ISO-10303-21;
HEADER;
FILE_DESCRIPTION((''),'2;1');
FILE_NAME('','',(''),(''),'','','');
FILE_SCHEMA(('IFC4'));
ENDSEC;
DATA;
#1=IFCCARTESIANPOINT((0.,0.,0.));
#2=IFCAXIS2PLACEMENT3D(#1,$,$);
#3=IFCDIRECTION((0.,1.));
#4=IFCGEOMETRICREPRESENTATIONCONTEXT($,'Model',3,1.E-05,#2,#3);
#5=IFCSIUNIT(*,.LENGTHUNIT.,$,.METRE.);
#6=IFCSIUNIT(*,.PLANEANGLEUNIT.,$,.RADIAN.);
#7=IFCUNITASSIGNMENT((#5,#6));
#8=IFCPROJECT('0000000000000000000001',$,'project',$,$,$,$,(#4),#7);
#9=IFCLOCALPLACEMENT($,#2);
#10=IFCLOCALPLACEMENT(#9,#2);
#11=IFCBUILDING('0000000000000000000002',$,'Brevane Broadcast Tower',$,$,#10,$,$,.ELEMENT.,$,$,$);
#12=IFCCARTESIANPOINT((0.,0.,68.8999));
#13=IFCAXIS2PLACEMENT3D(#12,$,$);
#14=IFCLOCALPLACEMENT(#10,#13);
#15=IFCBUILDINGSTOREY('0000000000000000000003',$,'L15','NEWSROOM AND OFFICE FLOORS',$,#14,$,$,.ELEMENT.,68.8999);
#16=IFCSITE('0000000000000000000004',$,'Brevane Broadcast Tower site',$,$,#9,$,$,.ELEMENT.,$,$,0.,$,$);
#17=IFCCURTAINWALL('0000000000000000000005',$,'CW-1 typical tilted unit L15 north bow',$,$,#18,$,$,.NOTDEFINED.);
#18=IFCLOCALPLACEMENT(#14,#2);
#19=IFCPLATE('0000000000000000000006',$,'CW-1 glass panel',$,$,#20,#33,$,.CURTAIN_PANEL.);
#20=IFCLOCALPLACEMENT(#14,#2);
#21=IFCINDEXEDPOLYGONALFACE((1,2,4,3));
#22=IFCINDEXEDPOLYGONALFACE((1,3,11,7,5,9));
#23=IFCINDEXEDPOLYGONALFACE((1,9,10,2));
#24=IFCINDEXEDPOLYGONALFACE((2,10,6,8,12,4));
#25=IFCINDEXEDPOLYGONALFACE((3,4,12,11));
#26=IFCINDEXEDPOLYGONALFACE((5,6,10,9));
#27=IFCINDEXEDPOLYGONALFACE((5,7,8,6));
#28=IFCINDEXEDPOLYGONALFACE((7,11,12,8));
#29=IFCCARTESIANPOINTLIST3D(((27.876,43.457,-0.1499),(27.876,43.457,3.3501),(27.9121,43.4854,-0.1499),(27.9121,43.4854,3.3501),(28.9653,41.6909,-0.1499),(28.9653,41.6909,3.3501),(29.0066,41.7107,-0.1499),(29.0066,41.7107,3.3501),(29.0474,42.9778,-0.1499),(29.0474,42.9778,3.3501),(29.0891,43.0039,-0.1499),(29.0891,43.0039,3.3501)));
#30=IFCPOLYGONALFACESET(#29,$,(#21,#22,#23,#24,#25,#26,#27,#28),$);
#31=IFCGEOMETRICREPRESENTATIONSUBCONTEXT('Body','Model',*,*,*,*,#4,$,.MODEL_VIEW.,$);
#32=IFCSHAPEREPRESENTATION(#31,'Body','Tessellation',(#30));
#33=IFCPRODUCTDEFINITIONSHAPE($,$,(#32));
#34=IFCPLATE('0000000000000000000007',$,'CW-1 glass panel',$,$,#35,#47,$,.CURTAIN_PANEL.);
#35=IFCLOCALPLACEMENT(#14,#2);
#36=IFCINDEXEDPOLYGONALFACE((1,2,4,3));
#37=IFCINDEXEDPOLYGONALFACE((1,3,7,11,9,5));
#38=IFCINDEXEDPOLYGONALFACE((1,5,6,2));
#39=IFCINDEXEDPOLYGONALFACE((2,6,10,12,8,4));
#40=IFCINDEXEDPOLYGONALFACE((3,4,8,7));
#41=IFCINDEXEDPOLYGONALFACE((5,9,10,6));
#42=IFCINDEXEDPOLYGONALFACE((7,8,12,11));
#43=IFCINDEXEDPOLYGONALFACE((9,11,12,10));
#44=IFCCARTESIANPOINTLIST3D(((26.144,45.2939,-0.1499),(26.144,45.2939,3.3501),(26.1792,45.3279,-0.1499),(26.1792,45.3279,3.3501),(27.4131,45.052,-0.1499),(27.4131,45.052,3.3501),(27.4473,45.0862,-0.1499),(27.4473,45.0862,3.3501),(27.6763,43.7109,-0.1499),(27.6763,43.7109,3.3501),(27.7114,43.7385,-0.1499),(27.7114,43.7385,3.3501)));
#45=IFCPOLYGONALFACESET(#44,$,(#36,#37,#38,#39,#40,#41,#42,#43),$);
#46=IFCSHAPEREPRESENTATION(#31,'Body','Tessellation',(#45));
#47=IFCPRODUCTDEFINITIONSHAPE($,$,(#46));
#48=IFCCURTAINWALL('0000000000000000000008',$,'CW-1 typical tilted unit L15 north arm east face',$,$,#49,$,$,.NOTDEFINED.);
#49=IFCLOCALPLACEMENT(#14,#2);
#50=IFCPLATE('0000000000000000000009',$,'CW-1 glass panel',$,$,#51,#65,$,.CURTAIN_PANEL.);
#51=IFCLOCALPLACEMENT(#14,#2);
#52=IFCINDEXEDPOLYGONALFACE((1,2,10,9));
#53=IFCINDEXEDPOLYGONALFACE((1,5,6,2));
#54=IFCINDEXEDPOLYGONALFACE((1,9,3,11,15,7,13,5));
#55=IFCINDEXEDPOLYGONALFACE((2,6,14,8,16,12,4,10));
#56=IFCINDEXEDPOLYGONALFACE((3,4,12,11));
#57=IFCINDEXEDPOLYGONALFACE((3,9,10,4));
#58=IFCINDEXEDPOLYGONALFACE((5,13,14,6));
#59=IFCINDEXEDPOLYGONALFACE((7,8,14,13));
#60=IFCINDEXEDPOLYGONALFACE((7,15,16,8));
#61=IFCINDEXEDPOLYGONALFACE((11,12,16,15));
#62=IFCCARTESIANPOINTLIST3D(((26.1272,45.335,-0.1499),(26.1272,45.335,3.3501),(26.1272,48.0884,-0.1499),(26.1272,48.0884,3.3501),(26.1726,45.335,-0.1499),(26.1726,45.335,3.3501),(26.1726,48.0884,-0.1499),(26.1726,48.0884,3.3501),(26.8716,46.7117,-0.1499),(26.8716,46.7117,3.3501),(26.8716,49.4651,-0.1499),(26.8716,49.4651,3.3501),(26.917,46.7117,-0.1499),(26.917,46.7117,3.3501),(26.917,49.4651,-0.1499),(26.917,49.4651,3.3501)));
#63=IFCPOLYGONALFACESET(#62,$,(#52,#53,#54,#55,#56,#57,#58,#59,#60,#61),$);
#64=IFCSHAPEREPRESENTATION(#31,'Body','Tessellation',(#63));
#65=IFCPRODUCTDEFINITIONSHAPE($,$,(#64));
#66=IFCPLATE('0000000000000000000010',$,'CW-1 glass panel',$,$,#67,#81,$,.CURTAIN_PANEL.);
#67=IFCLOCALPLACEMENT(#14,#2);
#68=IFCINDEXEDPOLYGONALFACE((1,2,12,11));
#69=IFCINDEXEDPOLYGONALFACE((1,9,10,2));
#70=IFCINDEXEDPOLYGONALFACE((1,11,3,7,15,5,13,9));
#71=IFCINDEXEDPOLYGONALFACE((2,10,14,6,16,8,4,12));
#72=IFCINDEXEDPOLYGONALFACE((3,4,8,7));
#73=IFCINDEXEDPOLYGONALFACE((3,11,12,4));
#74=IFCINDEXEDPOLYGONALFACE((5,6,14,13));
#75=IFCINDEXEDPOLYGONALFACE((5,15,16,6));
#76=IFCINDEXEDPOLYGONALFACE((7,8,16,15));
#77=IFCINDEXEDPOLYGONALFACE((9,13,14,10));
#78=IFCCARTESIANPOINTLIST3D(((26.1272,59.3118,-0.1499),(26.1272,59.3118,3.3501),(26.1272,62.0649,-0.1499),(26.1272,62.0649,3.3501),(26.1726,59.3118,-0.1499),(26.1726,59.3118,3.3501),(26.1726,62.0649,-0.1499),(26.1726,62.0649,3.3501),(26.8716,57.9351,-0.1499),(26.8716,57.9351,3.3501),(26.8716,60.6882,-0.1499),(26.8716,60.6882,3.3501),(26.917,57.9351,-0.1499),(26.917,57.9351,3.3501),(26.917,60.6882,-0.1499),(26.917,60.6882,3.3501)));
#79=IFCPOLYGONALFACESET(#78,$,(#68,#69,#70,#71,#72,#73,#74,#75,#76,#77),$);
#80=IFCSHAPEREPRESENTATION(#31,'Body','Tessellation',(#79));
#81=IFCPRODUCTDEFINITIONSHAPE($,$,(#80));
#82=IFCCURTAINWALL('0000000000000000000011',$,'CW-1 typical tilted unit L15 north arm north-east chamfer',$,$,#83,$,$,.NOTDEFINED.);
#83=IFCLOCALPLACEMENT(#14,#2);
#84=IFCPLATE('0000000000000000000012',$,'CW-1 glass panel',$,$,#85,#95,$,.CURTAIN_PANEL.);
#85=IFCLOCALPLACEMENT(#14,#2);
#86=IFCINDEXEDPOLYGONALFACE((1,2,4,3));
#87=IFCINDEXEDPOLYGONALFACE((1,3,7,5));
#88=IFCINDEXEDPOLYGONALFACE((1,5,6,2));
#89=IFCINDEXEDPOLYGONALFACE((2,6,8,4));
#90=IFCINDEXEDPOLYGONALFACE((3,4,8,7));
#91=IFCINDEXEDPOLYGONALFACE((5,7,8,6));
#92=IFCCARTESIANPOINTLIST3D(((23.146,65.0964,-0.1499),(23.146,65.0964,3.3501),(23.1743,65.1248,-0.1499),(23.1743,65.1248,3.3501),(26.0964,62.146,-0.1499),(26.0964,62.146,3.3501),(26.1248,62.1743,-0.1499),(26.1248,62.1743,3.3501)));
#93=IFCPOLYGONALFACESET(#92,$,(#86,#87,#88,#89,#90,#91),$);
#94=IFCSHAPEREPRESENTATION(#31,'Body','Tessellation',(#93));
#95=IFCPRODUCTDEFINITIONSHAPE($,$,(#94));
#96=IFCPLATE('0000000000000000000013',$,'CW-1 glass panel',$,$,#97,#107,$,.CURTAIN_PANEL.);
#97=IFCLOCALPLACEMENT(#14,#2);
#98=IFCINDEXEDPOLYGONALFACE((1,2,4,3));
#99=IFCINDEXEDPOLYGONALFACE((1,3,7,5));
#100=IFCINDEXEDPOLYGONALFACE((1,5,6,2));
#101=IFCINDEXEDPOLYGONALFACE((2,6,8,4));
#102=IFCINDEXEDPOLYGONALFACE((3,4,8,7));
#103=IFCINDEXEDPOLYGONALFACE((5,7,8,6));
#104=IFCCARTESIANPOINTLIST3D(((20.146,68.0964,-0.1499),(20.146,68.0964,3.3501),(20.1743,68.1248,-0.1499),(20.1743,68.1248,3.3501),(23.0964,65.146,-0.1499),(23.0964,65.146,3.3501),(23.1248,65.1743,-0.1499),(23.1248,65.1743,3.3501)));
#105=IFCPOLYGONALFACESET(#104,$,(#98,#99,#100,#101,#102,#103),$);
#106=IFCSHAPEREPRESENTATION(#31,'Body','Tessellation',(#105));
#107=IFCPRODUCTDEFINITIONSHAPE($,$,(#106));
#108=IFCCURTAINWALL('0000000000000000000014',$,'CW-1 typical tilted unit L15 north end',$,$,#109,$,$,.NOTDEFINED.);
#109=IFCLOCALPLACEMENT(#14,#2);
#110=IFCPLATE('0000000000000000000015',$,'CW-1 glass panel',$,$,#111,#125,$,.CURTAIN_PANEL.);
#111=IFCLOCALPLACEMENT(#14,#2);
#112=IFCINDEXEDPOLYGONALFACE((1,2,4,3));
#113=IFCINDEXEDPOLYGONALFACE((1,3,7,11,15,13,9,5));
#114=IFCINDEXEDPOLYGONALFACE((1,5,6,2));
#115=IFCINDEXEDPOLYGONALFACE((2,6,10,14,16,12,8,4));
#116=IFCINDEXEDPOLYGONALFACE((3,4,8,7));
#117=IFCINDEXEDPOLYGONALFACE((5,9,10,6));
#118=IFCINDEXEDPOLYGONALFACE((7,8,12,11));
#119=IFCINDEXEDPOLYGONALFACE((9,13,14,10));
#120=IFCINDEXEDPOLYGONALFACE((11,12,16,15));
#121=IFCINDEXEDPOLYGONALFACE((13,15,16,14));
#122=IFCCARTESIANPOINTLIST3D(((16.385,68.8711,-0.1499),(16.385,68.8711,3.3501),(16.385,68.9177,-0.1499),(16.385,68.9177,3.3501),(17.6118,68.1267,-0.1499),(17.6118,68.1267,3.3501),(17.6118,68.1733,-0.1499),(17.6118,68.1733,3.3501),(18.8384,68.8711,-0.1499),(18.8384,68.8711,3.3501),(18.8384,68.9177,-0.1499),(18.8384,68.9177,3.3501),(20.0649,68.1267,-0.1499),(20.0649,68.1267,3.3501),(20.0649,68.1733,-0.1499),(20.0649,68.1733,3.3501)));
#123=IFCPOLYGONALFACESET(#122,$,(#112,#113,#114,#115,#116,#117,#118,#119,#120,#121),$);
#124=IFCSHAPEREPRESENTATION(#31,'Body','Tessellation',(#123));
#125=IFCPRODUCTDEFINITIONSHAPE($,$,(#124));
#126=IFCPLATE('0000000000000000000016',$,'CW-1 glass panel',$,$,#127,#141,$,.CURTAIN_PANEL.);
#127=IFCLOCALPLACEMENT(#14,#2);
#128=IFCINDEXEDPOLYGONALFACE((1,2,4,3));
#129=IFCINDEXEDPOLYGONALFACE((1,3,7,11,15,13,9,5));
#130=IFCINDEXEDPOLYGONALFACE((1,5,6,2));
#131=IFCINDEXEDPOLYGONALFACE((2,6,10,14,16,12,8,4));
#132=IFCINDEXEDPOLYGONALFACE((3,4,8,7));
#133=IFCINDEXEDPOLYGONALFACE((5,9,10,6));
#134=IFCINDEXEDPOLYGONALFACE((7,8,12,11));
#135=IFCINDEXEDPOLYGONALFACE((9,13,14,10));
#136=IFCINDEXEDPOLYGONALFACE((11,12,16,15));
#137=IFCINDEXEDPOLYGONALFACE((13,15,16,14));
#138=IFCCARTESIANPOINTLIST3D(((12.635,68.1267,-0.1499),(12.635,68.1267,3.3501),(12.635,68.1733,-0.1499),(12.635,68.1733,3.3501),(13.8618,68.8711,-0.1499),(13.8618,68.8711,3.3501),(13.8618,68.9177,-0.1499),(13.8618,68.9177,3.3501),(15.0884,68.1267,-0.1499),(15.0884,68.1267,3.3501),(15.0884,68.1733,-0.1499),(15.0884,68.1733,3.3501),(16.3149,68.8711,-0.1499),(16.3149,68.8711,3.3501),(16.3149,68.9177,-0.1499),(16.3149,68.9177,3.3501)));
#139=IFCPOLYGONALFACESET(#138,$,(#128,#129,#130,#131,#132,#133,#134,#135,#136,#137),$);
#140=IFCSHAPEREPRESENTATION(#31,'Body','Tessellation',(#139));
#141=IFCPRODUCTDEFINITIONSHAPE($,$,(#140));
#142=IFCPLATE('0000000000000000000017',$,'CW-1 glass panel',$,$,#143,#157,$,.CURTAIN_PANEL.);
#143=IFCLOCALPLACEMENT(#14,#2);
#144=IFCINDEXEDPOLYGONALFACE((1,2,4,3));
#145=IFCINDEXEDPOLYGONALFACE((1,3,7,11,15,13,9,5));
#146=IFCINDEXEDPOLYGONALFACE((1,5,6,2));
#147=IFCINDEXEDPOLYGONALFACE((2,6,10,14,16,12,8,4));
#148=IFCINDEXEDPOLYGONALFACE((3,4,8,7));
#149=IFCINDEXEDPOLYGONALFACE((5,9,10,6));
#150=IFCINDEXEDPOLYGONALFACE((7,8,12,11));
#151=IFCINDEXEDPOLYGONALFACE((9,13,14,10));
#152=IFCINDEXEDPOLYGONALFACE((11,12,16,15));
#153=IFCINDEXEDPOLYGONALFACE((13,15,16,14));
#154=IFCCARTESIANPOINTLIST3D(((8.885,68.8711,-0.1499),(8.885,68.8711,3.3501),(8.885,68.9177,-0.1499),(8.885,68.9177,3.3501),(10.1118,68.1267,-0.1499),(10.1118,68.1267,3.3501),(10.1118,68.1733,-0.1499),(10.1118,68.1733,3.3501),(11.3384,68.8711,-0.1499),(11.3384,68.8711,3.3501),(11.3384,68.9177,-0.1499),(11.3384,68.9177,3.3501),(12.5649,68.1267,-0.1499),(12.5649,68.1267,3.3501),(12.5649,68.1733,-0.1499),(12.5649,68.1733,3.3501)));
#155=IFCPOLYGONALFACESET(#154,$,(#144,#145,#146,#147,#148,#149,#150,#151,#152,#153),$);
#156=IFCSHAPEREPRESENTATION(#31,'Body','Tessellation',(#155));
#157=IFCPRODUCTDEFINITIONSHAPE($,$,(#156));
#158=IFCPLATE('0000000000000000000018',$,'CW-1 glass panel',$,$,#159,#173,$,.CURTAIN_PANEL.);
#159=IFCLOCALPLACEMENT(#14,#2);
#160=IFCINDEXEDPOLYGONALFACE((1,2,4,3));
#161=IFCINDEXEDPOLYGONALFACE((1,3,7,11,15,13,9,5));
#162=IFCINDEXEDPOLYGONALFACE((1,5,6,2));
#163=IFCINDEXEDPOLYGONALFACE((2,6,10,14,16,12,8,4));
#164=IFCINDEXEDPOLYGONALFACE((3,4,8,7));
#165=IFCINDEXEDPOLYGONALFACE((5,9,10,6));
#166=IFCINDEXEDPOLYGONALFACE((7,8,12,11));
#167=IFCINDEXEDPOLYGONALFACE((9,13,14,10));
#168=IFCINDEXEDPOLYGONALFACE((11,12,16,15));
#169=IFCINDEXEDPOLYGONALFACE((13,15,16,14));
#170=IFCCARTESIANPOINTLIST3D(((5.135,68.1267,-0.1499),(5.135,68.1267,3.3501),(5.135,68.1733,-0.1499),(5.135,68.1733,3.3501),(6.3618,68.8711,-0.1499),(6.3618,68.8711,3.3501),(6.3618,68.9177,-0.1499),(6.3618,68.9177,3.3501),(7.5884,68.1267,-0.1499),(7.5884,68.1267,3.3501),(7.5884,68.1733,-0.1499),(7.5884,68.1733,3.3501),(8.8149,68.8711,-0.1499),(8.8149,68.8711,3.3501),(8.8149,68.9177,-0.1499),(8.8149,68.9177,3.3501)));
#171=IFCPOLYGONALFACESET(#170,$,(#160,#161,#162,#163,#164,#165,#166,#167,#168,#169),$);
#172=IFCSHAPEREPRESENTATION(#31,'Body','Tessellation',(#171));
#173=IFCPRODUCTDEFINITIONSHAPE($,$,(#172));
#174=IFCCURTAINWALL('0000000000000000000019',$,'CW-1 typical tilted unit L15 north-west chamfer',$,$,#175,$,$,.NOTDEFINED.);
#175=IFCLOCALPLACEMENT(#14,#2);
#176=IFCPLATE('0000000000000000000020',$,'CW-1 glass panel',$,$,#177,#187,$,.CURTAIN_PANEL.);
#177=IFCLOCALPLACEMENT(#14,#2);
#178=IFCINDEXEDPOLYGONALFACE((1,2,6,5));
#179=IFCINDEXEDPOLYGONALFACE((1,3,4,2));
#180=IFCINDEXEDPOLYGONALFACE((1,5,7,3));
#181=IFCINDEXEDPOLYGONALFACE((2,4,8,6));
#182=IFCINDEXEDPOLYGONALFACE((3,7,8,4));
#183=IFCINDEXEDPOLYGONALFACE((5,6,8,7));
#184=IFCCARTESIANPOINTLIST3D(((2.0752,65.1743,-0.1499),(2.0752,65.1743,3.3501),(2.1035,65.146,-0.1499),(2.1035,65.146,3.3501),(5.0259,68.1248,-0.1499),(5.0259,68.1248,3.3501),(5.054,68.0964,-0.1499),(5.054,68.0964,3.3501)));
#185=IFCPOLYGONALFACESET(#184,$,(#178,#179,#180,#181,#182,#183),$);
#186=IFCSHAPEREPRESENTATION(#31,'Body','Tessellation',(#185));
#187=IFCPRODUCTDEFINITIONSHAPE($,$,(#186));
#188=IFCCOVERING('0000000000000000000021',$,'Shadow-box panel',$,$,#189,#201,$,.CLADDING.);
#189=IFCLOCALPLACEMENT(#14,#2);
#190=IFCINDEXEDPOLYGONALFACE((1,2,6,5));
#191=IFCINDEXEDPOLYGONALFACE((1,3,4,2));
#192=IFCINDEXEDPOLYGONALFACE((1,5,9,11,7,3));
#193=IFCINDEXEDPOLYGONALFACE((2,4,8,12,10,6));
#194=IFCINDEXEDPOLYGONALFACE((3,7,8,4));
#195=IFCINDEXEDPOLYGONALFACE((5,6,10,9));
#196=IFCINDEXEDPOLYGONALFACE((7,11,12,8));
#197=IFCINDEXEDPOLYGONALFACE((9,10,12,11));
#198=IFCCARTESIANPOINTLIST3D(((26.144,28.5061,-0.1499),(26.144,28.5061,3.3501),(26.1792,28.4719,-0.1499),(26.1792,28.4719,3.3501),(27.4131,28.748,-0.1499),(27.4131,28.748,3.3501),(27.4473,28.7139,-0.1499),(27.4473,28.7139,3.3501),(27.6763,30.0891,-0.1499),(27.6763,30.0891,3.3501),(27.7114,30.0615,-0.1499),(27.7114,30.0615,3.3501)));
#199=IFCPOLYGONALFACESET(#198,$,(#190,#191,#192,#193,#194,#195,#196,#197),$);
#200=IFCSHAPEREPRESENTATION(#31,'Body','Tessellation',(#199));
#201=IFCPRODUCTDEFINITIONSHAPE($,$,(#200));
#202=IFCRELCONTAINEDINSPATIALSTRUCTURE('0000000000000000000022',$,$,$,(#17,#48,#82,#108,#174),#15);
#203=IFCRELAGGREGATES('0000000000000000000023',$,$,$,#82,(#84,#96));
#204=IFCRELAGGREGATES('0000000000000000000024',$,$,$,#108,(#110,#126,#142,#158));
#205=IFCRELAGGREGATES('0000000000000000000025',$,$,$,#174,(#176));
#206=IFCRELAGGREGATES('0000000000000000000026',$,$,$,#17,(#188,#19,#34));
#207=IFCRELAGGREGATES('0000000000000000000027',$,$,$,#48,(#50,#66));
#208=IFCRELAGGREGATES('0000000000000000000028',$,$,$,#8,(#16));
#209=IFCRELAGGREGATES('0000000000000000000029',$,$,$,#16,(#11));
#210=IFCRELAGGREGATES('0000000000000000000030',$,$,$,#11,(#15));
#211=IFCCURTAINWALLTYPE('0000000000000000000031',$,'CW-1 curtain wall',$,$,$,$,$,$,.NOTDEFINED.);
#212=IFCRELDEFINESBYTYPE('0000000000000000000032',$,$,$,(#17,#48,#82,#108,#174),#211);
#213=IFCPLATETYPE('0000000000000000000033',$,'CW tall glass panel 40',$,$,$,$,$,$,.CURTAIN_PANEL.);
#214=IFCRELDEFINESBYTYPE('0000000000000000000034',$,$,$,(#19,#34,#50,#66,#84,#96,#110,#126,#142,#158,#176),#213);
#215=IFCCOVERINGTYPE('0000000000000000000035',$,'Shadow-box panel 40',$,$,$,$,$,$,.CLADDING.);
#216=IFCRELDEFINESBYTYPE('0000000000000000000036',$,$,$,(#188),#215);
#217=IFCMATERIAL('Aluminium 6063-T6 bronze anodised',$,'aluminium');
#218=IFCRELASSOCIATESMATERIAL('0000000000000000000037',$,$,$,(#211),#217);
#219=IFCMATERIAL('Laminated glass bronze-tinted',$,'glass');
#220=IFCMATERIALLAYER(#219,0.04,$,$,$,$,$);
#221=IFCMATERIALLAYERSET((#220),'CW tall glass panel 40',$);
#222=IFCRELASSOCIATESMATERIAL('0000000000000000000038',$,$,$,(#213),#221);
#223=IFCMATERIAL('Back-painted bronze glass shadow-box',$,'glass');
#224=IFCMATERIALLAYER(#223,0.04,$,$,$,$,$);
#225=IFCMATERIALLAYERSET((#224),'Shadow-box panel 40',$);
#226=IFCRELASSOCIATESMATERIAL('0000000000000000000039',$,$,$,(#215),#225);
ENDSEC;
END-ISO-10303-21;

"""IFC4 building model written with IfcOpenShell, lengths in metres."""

from ifc_helpers import new_model, si_unit, direction, frame, origin, place, context, subcontext, project, spatial, polyline, outline, extrude, material, layer, layer_set, type_object, element, aggregate, save


model = new_model("IFC4")

# Units and contexts
model_context = context("Model", 3, precision=1e-05, world=origin(), true_north=direction((0.0, 1.0)))
body_context = subcontext(model_context, "Body", "Model", "MODEL_VIEW")
ifc_project = project(units=[si_unit("LENGTHUNIT", "METRE"), si_unit("PLANEANGLEUNIT", "RADIAN")], contexts=[model_context])

# Site, building, storey
site_placement = place(None, origin())
site = spatial("IfcSite", under=ifc_project, at=site_placement, Name="Brevane Broadcast Tower site", CompositionType="ELEMENT", RefElevation=0.0)
building_placement = place(site_placement, origin())
building = spatial("IfcBuilding", under=site, at=building_placement, Name="Brevane Broadcast Tower", CompositionType="ELEMENT")
storey_placement = place(building_placement, frame((0.0, 0.0, 68.8999)))
storey = spatial("IfcBuildingStorey", under=building, at=storey_placement, Name="L15", Description="NEWSROOM AND OFFICE FLOORS", CompositionType="ELEMENT", Elevation=68.8999)

# Shared definitions
ifc_material_1 = material(Name="Aluminium 6063-T6 bronze anodised", Category="aluminium")
curtain_wall_type = type_object("IfcCurtainWallType", Name="CW-1 curtain wall", PredefinedType="NOTDEFINED", material=ifc_material_1)

# Curtain walls, plates
ifc_material_2 = material(Name="Laminated glass bronze-tinted", Category="glass")
ifc_layer_1 = layer(ifc_material_2, 0.04)
ifc_layer_set_1 = layer_set([ifc_layer_1], Name="CW tall glass panel 40")
plate_type = type_object("IfcPlateType", Name="CW tall glass panel 40", PredefinedType="CURTAIN_PANEL", material=ifc_layer_set_1)
curtain_wall_1_placement = place(storey_placement, origin())
curtain_wall_1 = element("IfcCurtainWall", 1, at=curtain_wall_1_placement, inside=storey, type_object=curtain_wall_type, Name="CW-1 typical tilted unit L15 north bow", PredefinedType="NOTDEFINED")
plate_1_placement = place(storey_placement, frame((0.0, 0.0, -0.1499)))
plate_1 = element("IfcPlate", 2, at=plate_1_placement, type_object=plate_type, Name="CW-1 glass panel", PredefinedType="CURTAIN_PANEL", context=body_context, shape_type="SweptSolid", body=[
    extrude(outline(polyline([(28.9653, 41.6909), (29.0066, 41.7107), (29.0891, 43.0039), (27.9121, 43.4854), (27.876, 43.457), (29.0474, 42.9778), (28.9653, 41.6909)])), origin(), (0.0, 0.0, 1.0), 3.5),
])
plate_2_placement = place(storey_placement, frame((0.0, 0.0, -0.1499)))
plate_2 = element("IfcPlate", 3, at=plate_2_placement, type_object=plate_type, Name="CW-1 glass panel", PredefinedType="CURTAIN_PANEL", context=body_context, shape_type="SweptSolid", body=[
    extrude(outline(polyline([(27.6763, 43.7109), (27.7114, 43.7385), (27.4473, 45.0862), (26.1792, 45.3279), (26.144, 45.2939), (27.4131, 45.052), (27.6763, 43.7109)])), origin(), (0.0, 0.0, 1.0), 3.5),
])
curtain_wall_2_placement = place(storey_placement, origin())
curtain_wall_2 = element("IfcCurtainWall", 4, at=curtain_wall_2_placement, inside=storey, type_object=curtain_wall_type, Name="CW-1 typical tilted unit L15 north arm east face", PredefinedType="NOTDEFINED")
plate_3_placement = place(storey_placement, frame((0.0, 0.0, -0.1499)))
plate_3 = element("IfcPlate", 5, at=plate_3_placement, type_object=plate_type, Name="CW-1 glass panel", PredefinedType="CURTAIN_PANEL", context=body_context, shape_type="SweptSolid", body=[
    extrude(outline(polyline([(26.1272, 45.335), (26.1726, 45.335), (26.917, 46.7117), (26.1726, 48.0884), (26.917, 49.4651), (26.8716, 49.4651), (26.1272, 48.0884), (26.8716, 46.7117), (26.1272, 45.335)])), origin(), (0.0, 0.0, 1.0), 3.5),
])
plate_4_placement = place(storey_placement, frame((0.0, 0.0, -0.1499)))
plate_4 = element("IfcPlate", 6, at=plate_4_placement, type_object=plate_type, Name="CW-1 glass panel", PredefinedType="CURTAIN_PANEL", context=body_context, shape_type="SweptSolid", body=[
    extrude(outline(polyline([(26.8716, 57.9351), (26.917, 57.9351), (26.1726, 59.3118), (26.917, 60.6882), (26.1726, 62.0649), (26.1272, 62.0649), (26.8716, 60.6882), (26.1272, 59.3118), (26.8716, 57.9351)])), origin(), (0.0, 0.0, 1.0), 3.5),
])
curtain_wall_3_placement = place(storey_placement, origin())
curtain_wall_3 = element("IfcCurtainWall", 7, at=curtain_wall_3_placement, inside=storey, type_object=curtain_wall_type, Name="CW-1 typical tilted unit L15 north arm north-east chamfer", PredefinedType="NOTDEFINED")
plate_5_placement = place(storey_placement, frame((0.0, 0.0, -0.1499)))
plate_5 = element("IfcPlate", 8, at=plate_5_placement, type_object=plate_type, Name="CW-1 glass panel", PredefinedType="CURTAIN_PANEL", context=body_context, shape_type="SweptSolid", body=[
    extrude(outline(polyline([(26.0964, 62.146), (23.146, 65.0964), (23.1743, 65.1248), (26.1248, 62.1743), (26.0964, 62.146)])), origin(), (0.0, 0.0, 1.0), 3.5),
])
plate_6_placement = place(storey_placement, frame((0.0, 0.0, -0.1499)))
plate_6 = element("IfcPlate", 9, at=plate_6_placement, type_object=plate_type, Name="CW-1 glass panel", PredefinedType="CURTAIN_PANEL", context=body_context, shape_type="SweptSolid", body=[
    extrude(outline(polyline([(23.0964, 65.146), (20.146, 68.0964), (20.1743, 68.1248), (23.1248, 65.1743), (23.0964, 65.146)])), origin(), (0.0, 0.0, 1.0), 3.5),
])
aggregate(curtain_wall_3, [plate_5, plate_6])
curtain_wall_4_placement = place(storey_placement, origin())
curtain_wall_4 = element("IfcCurtainWall", 10, at=curtain_wall_4_placement, inside=storey, type_object=curtain_wall_type, Name="CW-1 typical tilted unit L15 north end", PredefinedType="NOTDEFINED")
plate_7_placement = place(storey_placement, frame((0.0, 0.0, -0.1499)))
plate_7 = element("IfcPlate", 11, at=plate_7_placement, type_object=plate_type, Name="CW-1 glass panel", PredefinedType="CURTAIN_PANEL", context=body_context, shape_type="SweptSolid", body=[
    extrude(outline(polyline([(20.0649, 68.1267), (20.0649, 68.1733), (18.8384, 68.9177), (17.6118, 68.1733), (16.385, 68.9177), (16.385, 68.8711), (17.6118, 68.1267), (18.8384, 68.8711), (20.0649, 68.1267)])), origin(), (0.0, 0.0, 1.0), 3.5),
])
plate_8_placement = place(storey_placement, frame((0.0, 0.0, -0.1499)))
plate_8 = element("IfcPlate", 12, at=plate_8_placement, type_object=plate_type, Name="CW-1 glass panel", PredefinedType="CURTAIN_PANEL", context=body_context, shape_type="SweptSolid", body=[
    extrude(outline(polyline([(16.3149, 68.8711), (16.3149, 68.9177), (15.0884, 68.1733), (13.8618, 68.9177), (12.635, 68.1733), (12.635, 68.1267), (13.8618, 68.8711), (15.0884, 68.1267), (16.3149, 68.8711)])), origin(), (0.0, 0.0, 1.0), 3.5),
])
plate_9_placement = place(storey_placement, frame((0.0, 0.0, -0.1499)))
plate_9 = element("IfcPlate", 13, at=plate_9_placement, type_object=plate_type, Name="CW-1 glass panel", PredefinedType="CURTAIN_PANEL", context=body_context, shape_type="SweptSolid", body=[
    extrude(outline(polyline([(12.5649, 68.1267), (12.5649, 68.1733), (11.3384, 68.9177), (10.1118, 68.1733), (8.885, 68.9177), (8.885, 68.8711), (10.1118, 68.1267), (11.3384, 68.8711), (12.5649, 68.1267)])), origin(), (0.0, 0.0, 1.0), 3.5),
])
plate_10_placement = place(storey_placement, frame((0.0, 0.0, -0.1499)))
plate_10 = element("IfcPlate", 14, at=plate_10_placement, type_object=plate_type, Name="CW-1 glass panel", PredefinedType="CURTAIN_PANEL", context=body_context, shape_type="SweptSolid", body=[
    extrude(outline(polyline([(8.8149, 68.8711), (8.8149, 68.9177), (7.5884, 68.1733), (6.3618, 68.9177), (5.135, 68.1733), (5.135, 68.1267), (6.3618, 68.8711), (7.5884, 68.1267), (8.8149, 68.8711)])), origin(), (0.0, 0.0, 1.0), 3.5),
])
aggregate(curtain_wall_4, [plate_7, plate_8, plate_9, plate_10])

# Curtain wall, plate
curtain_wall_5_placement = place(storey_placement, origin())
curtain_wall_5 = element("IfcCurtainWall", 15, at=curtain_wall_5_placement, inside=storey, type_object=curtain_wall_type, Name="CW-1 typical tilted unit L15 north-west chamfer", PredefinedType="NOTDEFINED")
plate_11_placement = place(storey_placement, frame((0.0, 0.0, -0.1499)))
plate_11 = element("IfcPlate", 16, at=plate_11_placement, type_object=plate_type, Name="CW-1 glass panel", PredefinedType="CURTAIN_PANEL", context=body_context, shape_type="SweptSolid", body=[
    extrude(outline(polyline([(5.054, 68.0964), (2.1035, 65.146), (2.0752, 65.1743), (5.0259, 68.1248), (5.054, 68.0964)])), origin(), (0.0, 0.0, 1.0), 3.5),
])
aggregate(curtain_wall_5, [plate_11])

# Covering
ifc_material_3 = material(Name="Back-painted bronze glass shadow-box", Category="glass")
ifc_layer_2 = layer(ifc_material_3, 0.04)
ifc_layer_set_2 = layer_set([ifc_layer_2], Name="Shadow-box panel 40")
covering_type = type_object("IfcCoveringType", Name="Shadow-box panel 40", PredefinedType="CLADDING", material=ifc_layer_set_2)
covering_1_placement = place(storey_placement, frame((0.0, 0.0, -0.1499)))
covering_1 = element("IfcCovering", 17, at=covering_1_placement, type_object=covering_type, Name="Shadow-box panel", PredefinedType="CLADDING", context=body_context, shape_type="SweptSolid", body=[
    extrude(outline(polyline([(26.144, 28.5061), (26.1792, 28.4719), (27.4473, 28.7139), (27.7114, 30.0615), (27.6763, 30.0891), (27.4131, 28.748), (26.144, 28.5061)])), origin(), (0.0, 0.0, 1.0), 3.5),
])
aggregate(curtain_wall_1, [covering_1, plate_1, plate_2])
aggregate(curtain_wall_2, [plate_3, plate_4])

save(model, "model.ifc")
